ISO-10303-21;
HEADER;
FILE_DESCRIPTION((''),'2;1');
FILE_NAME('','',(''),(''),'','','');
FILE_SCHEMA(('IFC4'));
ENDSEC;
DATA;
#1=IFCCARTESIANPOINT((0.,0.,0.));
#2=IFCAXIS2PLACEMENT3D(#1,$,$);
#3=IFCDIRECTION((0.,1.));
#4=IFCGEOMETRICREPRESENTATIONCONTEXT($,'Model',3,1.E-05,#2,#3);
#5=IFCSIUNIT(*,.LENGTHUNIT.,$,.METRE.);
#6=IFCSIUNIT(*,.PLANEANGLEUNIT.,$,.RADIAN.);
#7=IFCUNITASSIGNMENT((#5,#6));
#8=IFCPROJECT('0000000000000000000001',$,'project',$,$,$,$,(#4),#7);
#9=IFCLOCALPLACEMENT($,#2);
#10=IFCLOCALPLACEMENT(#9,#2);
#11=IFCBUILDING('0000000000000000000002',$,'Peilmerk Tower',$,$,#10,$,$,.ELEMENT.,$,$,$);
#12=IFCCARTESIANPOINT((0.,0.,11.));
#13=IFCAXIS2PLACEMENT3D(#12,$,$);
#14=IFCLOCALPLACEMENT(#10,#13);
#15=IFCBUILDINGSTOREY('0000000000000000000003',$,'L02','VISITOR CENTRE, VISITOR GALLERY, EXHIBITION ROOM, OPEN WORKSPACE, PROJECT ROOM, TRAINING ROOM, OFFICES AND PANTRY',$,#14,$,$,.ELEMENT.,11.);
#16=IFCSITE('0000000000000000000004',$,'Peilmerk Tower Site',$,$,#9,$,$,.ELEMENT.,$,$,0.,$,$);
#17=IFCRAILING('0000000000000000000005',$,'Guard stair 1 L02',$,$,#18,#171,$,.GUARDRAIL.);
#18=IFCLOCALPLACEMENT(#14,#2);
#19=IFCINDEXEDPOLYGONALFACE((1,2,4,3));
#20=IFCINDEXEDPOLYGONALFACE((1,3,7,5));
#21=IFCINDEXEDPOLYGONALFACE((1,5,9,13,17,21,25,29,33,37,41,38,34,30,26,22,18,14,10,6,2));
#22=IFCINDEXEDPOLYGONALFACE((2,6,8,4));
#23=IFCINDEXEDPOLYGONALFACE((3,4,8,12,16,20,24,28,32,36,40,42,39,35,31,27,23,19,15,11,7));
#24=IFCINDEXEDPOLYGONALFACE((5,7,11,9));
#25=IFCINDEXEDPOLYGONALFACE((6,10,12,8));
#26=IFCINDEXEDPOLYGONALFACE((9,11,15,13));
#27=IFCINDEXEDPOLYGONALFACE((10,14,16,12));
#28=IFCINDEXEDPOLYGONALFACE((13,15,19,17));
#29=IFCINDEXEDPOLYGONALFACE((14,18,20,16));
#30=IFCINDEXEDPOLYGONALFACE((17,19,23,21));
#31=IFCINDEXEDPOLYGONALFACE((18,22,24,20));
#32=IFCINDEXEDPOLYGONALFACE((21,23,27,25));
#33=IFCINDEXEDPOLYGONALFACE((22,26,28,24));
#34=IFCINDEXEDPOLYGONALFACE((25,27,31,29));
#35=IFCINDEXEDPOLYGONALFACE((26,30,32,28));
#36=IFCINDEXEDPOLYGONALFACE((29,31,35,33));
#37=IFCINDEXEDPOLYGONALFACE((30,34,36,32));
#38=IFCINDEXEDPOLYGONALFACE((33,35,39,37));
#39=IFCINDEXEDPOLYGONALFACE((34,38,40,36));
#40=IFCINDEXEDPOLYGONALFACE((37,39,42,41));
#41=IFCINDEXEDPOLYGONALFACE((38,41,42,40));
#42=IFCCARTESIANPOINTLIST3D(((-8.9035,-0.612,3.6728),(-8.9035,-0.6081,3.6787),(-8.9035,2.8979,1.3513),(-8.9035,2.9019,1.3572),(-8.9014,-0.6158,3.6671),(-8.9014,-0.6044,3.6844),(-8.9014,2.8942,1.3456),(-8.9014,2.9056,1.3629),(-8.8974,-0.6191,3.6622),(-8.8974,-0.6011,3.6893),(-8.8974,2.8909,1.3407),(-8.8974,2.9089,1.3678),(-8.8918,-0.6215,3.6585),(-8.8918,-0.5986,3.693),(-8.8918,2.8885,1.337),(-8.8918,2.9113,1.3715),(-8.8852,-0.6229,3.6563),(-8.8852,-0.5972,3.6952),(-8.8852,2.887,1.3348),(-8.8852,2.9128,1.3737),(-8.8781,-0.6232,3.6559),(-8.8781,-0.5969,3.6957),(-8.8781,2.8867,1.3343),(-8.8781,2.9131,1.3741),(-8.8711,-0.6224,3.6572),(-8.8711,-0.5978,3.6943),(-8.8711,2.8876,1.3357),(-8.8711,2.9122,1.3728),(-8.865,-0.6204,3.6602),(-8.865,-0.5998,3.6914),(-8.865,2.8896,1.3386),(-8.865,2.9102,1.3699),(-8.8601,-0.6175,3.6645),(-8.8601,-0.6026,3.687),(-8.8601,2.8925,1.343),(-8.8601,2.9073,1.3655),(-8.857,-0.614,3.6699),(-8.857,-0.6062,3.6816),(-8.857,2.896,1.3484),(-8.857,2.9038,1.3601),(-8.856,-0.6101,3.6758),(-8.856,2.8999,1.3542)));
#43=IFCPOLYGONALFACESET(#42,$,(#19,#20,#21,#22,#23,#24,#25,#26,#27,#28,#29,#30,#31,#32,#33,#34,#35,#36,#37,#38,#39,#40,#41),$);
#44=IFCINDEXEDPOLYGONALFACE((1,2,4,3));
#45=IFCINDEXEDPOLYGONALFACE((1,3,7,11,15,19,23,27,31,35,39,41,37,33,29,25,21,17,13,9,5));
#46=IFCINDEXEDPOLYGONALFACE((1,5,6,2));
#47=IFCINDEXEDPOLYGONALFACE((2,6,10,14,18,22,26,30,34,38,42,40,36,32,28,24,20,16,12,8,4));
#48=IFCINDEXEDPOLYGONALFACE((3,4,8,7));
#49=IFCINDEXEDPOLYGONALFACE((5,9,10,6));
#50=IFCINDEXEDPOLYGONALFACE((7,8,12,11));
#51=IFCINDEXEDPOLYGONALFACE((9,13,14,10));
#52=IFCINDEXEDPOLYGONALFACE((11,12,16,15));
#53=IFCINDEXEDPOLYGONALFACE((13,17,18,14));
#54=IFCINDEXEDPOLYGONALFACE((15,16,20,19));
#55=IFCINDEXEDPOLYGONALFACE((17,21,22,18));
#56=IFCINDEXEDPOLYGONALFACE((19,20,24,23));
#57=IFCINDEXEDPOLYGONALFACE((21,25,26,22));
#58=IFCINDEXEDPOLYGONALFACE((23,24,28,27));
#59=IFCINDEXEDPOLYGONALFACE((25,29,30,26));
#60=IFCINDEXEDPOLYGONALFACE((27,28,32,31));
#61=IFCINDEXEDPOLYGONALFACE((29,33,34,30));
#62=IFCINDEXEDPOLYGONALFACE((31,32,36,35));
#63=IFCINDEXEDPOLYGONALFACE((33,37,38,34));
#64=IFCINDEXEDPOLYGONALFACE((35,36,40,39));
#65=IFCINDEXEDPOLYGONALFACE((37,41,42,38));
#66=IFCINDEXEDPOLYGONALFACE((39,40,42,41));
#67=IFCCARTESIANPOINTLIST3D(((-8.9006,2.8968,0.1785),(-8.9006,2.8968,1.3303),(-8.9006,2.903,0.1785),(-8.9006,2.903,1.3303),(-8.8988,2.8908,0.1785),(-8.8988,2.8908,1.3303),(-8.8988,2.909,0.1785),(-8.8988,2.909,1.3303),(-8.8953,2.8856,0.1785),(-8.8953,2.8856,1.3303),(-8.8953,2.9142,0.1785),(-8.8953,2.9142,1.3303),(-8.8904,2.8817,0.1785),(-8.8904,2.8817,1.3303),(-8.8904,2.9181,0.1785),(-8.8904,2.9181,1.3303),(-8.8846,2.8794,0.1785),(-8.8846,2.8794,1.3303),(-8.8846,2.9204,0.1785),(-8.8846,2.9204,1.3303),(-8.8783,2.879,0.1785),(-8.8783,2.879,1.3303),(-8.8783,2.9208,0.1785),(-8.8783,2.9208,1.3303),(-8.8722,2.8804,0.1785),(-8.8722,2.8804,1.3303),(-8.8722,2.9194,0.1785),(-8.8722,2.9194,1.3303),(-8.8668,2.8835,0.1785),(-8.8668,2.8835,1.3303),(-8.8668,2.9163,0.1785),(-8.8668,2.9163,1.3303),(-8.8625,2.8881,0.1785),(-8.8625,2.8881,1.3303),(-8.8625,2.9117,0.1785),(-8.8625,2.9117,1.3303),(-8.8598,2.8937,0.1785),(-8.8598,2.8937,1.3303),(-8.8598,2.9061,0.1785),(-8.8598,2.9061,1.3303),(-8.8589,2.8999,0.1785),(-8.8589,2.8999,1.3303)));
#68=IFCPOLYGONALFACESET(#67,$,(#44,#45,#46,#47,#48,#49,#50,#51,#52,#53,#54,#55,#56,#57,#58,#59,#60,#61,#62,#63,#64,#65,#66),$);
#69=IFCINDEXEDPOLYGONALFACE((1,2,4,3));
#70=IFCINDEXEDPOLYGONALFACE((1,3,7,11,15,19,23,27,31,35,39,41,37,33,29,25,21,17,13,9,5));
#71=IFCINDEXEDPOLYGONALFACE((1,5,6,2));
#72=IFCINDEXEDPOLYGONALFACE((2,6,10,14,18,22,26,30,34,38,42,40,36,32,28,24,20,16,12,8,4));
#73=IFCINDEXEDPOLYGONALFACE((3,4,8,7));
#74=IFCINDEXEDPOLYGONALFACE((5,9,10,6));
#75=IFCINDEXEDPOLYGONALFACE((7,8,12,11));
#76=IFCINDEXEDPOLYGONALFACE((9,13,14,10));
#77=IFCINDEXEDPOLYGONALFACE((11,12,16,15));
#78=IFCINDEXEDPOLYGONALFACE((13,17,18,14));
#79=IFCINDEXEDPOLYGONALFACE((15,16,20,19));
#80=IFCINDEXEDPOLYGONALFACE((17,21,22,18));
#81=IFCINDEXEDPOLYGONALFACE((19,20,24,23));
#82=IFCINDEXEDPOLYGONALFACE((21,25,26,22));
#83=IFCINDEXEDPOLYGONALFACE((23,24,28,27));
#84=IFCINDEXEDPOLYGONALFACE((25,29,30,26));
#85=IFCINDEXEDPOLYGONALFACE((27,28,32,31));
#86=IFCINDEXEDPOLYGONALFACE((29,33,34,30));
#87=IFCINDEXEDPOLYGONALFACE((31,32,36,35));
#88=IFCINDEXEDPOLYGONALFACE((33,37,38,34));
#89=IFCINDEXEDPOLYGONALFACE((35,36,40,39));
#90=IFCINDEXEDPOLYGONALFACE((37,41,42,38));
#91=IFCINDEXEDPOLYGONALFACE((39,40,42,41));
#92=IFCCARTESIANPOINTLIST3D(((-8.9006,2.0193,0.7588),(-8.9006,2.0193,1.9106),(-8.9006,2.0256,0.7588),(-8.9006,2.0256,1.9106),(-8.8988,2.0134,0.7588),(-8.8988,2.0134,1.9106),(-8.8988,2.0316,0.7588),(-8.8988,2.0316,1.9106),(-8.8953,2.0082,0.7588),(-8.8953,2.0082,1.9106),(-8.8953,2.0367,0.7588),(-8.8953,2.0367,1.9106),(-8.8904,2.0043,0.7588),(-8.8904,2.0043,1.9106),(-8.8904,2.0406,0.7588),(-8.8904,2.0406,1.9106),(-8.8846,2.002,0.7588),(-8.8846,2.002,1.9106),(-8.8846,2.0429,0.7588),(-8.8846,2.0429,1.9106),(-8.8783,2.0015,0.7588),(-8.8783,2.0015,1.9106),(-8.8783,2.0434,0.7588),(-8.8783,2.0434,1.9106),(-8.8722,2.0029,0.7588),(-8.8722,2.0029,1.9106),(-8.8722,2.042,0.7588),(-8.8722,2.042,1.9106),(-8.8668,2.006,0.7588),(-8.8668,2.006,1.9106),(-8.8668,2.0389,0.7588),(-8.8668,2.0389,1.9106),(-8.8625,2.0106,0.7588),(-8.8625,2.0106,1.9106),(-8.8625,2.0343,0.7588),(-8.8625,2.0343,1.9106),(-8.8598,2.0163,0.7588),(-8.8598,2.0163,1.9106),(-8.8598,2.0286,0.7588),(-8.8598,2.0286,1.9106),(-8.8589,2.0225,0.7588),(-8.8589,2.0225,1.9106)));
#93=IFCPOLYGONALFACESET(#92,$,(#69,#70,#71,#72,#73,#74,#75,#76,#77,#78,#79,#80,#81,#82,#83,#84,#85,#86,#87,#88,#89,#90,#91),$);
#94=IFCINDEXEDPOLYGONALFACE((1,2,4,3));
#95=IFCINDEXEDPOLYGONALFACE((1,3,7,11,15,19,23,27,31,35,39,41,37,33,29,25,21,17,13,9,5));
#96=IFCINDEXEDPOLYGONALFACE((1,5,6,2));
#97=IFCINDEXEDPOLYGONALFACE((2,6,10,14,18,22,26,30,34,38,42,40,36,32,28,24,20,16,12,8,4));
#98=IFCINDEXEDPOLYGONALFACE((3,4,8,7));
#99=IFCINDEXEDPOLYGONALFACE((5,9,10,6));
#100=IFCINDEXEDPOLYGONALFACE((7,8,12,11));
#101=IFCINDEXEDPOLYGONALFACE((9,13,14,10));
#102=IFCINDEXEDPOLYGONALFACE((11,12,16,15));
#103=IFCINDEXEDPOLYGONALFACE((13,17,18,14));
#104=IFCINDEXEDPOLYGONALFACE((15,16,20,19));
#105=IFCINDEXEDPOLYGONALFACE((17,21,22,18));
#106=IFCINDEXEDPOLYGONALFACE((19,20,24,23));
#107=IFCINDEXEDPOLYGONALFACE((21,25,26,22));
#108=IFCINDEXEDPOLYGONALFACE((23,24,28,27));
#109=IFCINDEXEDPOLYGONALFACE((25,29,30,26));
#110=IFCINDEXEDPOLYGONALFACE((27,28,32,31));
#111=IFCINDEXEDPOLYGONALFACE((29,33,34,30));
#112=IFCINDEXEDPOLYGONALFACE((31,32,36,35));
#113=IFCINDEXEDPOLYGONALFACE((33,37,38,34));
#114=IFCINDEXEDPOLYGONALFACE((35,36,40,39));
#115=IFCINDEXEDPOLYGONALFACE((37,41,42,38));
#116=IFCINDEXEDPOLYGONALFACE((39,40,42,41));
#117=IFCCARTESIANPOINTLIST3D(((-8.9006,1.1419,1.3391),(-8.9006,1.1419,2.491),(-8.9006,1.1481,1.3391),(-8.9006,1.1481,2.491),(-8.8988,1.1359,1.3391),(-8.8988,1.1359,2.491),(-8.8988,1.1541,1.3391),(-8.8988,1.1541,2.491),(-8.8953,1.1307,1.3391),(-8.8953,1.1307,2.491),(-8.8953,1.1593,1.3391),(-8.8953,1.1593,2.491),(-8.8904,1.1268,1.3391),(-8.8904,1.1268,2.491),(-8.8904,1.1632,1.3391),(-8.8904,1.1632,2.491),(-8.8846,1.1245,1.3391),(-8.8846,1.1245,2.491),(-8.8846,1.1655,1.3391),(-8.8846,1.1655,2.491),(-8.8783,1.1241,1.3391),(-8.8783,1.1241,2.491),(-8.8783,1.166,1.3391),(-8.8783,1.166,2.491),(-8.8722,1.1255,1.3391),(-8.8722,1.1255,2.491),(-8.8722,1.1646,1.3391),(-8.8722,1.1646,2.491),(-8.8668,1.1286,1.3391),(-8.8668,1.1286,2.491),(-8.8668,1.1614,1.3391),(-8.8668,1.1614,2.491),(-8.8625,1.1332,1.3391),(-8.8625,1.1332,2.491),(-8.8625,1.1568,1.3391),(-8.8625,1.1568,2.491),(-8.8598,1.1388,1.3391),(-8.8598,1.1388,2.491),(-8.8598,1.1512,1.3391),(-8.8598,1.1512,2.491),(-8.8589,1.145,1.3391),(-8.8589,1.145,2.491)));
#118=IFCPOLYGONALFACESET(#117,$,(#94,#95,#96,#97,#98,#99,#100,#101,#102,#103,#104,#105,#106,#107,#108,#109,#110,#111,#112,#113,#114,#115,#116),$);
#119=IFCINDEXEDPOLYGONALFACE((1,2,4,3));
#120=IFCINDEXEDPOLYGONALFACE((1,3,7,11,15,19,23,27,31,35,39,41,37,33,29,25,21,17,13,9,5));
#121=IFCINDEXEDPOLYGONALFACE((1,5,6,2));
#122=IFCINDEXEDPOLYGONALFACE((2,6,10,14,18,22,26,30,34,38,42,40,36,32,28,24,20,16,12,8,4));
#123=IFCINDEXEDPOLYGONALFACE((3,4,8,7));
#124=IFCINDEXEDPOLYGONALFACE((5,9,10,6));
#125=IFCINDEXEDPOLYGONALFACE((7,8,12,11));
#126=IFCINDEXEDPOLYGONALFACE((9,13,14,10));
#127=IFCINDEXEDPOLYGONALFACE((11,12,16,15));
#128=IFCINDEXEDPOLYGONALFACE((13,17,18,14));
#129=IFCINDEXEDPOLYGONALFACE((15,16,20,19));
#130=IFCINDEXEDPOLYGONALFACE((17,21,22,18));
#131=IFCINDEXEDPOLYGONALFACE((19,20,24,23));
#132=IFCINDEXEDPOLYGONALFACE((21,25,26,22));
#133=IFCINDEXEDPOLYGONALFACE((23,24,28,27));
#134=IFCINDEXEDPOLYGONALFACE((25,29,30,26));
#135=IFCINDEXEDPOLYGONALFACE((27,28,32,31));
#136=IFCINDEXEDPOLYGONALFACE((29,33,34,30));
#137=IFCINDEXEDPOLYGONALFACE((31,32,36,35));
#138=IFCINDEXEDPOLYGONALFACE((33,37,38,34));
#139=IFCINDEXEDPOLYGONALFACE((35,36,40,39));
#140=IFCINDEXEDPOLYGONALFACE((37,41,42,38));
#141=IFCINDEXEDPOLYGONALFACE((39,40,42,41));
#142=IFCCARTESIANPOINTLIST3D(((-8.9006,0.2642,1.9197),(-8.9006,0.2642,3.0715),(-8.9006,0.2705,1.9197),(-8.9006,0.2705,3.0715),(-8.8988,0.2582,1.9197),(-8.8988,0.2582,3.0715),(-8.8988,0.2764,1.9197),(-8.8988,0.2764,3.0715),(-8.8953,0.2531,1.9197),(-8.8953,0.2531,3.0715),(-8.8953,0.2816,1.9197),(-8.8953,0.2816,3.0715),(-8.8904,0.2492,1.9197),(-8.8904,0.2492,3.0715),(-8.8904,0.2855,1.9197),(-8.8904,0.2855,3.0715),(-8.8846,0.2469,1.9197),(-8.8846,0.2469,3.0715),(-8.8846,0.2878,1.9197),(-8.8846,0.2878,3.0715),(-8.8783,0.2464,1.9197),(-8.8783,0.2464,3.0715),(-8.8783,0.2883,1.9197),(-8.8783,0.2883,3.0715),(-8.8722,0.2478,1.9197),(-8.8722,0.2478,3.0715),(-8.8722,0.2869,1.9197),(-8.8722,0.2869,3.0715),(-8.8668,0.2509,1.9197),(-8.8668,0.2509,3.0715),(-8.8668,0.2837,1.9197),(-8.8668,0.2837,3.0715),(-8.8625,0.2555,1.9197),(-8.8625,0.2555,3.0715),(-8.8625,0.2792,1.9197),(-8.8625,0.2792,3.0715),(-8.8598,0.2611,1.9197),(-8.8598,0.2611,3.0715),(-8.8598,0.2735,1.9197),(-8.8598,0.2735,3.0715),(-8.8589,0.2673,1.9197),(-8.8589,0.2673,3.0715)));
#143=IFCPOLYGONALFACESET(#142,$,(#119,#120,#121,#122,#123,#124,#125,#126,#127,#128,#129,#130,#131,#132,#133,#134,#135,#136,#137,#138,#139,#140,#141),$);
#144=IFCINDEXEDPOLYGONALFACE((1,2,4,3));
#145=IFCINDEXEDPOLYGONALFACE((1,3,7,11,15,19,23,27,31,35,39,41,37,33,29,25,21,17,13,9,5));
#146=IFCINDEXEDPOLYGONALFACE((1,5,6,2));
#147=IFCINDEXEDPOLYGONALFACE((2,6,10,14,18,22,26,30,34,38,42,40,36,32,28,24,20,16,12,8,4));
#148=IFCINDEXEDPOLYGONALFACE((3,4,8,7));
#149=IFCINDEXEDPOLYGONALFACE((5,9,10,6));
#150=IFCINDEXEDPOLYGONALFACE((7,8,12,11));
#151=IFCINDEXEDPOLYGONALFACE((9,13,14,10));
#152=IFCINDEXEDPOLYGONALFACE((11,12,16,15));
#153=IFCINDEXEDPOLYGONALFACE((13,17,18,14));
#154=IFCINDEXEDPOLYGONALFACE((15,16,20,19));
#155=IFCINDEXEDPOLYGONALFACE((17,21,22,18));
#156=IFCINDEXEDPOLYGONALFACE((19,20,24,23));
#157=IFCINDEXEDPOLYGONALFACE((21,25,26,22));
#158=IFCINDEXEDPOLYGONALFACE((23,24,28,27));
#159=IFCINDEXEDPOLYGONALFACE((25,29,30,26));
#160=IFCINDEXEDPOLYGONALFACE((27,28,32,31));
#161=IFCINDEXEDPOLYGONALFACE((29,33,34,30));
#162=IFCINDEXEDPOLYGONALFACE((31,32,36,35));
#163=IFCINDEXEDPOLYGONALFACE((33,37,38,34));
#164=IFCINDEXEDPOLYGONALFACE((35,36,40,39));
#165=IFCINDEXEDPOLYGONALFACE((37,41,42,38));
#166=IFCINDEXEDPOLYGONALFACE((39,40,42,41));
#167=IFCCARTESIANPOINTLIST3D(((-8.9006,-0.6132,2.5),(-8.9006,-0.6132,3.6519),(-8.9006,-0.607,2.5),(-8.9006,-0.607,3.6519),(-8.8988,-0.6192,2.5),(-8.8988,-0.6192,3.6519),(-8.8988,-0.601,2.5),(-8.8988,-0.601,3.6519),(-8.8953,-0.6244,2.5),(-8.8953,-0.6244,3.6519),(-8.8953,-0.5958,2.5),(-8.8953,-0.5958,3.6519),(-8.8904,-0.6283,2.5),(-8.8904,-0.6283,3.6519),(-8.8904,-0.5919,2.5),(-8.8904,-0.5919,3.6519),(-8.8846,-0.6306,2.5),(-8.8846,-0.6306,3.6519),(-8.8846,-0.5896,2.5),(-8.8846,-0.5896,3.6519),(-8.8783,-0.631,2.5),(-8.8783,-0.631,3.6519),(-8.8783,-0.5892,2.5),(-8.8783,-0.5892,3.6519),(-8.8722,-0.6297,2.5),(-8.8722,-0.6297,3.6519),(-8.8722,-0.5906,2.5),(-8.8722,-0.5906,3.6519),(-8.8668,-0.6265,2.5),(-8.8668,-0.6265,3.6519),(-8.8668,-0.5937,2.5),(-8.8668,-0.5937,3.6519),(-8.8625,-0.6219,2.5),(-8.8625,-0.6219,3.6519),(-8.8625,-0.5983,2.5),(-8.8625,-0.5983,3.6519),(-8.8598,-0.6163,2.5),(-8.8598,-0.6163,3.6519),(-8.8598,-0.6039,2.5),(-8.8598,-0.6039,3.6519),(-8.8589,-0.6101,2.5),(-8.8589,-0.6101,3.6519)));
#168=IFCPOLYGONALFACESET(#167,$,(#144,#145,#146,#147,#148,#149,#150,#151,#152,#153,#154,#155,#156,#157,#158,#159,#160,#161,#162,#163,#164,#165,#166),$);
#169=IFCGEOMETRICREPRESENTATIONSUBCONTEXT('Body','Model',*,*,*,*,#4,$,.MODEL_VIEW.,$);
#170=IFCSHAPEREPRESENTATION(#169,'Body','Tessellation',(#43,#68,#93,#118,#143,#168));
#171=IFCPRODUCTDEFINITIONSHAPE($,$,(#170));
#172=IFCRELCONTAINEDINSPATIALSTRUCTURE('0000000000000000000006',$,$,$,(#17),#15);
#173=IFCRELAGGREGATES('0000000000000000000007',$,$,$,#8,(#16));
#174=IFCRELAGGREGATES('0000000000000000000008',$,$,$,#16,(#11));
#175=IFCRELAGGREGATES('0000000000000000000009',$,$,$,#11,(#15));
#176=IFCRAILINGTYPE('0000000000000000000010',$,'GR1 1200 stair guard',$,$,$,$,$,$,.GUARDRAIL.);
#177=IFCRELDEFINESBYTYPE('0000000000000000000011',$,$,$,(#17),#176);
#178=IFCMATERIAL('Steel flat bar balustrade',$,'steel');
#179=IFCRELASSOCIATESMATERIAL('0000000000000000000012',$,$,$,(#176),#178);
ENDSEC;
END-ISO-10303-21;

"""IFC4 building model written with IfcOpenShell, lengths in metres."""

from ifc_helpers import new_model, si_unit, direction, frame, origin, origin_2d, place, context, subcontext, project, spatial, circle, extrude, material, type_object, element, save


model = new_model("IFC4")

# Units and contexts
model_context = context("Model", 3, precision=1e-05, world=origin(), true_north=direction((0.0, 1.0)))
body_context = subcontext(model_context, "Body", "Model", "MODEL_VIEW")
ifc_project = project(units=[si_unit("LENGTHUNIT", "METRE"), si_unit("PLANEANGLEUNIT", "RADIAN")], contexts=[model_context])

# Site, building, storey
site_placement = place(None, origin())
site = spatial("IfcSite", under=ifc_project, at=site_placement, Name="Peilmerk Tower Site", CompositionType="ELEMENT", RefElevation=0.0)
building_placement = place(site_placement, origin())
building = spatial("IfcBuilding", under=site, at=building_placement, Name="Peilmerk Tower", CompositionType="ELEMENT")
storey_placement = place(building_placement, frame((0.0, 0.0, 11.0)))
storey = spatial("IfcBuildingStorey", under=building, at=storey_placement, Name="L02", Description="VISITOR CENTRE, VISITOR GALLERY, EXHIBITION ROOM, OPEN WORKSPACE, PROJECT ROOM, TRAINING ROOM, OFFICES AND PANTRY", CompositionType="ELEMENT", Elevation=11.0)

# Railing
ifc_material_1 = material(Name="Steel flat bar balustrade", Category="steel")
railing_type_1 = type_object("IfcRailingType", Name="GR1 1200 stair guard", PredefinedType="GUARDRAIL", material=ifc_material_1)
railing_1_placement = place(storey_placement, frame((-8.8799, 2.8999, 0.1785)))
element("IfcRailing", 1, at=railing_1_placement, inside=storey, type_object=railing_type_1, Name="Guard stair 1 L02", PredefinedType="GUARDRAIL", context=body_context, shape_type="SweptSolid", body=[
    extrude(circle(Radius=0.0239, at=origin_2d()), frame((0.0, 0.0, 1.1758), z_axis=(0.0, -0.834071, 0.551657), x_axis=(1.0, 0.0, 0.0)), (0.0, 0.0, 1.0), 4.2083),
    extrude(circle(Radius=0.021, at=origin_2d()), origin(), (0.0, 0.0, 1.0), 1.1519),
    extrude(circle(Radius=0.021, at=origin_2d()), frame((0.0, -0.8774, 0.5803)), (0.0, 0.0, 1.0), 1.1519),
    extrude(circle(Radius=0.021, at=origin_2d()), frame((0.0, -1.7549, 1.1606)), (0.0, 0.0, 1.0), 1.1519),
    extrude(circle(Radius=0.021, at=origin_2d()), frame((0.0, -2.6326, 1.7412)), (0.0, 0.0, 1.0), 1.1519),
    extrude(circle(Radius=0.021, at=origin_2d()), frame((0.0, -3.51, 2.3215)), (0.0, 0.0, 1.0), 1.1519),
])

save(model, "model.ifc")
